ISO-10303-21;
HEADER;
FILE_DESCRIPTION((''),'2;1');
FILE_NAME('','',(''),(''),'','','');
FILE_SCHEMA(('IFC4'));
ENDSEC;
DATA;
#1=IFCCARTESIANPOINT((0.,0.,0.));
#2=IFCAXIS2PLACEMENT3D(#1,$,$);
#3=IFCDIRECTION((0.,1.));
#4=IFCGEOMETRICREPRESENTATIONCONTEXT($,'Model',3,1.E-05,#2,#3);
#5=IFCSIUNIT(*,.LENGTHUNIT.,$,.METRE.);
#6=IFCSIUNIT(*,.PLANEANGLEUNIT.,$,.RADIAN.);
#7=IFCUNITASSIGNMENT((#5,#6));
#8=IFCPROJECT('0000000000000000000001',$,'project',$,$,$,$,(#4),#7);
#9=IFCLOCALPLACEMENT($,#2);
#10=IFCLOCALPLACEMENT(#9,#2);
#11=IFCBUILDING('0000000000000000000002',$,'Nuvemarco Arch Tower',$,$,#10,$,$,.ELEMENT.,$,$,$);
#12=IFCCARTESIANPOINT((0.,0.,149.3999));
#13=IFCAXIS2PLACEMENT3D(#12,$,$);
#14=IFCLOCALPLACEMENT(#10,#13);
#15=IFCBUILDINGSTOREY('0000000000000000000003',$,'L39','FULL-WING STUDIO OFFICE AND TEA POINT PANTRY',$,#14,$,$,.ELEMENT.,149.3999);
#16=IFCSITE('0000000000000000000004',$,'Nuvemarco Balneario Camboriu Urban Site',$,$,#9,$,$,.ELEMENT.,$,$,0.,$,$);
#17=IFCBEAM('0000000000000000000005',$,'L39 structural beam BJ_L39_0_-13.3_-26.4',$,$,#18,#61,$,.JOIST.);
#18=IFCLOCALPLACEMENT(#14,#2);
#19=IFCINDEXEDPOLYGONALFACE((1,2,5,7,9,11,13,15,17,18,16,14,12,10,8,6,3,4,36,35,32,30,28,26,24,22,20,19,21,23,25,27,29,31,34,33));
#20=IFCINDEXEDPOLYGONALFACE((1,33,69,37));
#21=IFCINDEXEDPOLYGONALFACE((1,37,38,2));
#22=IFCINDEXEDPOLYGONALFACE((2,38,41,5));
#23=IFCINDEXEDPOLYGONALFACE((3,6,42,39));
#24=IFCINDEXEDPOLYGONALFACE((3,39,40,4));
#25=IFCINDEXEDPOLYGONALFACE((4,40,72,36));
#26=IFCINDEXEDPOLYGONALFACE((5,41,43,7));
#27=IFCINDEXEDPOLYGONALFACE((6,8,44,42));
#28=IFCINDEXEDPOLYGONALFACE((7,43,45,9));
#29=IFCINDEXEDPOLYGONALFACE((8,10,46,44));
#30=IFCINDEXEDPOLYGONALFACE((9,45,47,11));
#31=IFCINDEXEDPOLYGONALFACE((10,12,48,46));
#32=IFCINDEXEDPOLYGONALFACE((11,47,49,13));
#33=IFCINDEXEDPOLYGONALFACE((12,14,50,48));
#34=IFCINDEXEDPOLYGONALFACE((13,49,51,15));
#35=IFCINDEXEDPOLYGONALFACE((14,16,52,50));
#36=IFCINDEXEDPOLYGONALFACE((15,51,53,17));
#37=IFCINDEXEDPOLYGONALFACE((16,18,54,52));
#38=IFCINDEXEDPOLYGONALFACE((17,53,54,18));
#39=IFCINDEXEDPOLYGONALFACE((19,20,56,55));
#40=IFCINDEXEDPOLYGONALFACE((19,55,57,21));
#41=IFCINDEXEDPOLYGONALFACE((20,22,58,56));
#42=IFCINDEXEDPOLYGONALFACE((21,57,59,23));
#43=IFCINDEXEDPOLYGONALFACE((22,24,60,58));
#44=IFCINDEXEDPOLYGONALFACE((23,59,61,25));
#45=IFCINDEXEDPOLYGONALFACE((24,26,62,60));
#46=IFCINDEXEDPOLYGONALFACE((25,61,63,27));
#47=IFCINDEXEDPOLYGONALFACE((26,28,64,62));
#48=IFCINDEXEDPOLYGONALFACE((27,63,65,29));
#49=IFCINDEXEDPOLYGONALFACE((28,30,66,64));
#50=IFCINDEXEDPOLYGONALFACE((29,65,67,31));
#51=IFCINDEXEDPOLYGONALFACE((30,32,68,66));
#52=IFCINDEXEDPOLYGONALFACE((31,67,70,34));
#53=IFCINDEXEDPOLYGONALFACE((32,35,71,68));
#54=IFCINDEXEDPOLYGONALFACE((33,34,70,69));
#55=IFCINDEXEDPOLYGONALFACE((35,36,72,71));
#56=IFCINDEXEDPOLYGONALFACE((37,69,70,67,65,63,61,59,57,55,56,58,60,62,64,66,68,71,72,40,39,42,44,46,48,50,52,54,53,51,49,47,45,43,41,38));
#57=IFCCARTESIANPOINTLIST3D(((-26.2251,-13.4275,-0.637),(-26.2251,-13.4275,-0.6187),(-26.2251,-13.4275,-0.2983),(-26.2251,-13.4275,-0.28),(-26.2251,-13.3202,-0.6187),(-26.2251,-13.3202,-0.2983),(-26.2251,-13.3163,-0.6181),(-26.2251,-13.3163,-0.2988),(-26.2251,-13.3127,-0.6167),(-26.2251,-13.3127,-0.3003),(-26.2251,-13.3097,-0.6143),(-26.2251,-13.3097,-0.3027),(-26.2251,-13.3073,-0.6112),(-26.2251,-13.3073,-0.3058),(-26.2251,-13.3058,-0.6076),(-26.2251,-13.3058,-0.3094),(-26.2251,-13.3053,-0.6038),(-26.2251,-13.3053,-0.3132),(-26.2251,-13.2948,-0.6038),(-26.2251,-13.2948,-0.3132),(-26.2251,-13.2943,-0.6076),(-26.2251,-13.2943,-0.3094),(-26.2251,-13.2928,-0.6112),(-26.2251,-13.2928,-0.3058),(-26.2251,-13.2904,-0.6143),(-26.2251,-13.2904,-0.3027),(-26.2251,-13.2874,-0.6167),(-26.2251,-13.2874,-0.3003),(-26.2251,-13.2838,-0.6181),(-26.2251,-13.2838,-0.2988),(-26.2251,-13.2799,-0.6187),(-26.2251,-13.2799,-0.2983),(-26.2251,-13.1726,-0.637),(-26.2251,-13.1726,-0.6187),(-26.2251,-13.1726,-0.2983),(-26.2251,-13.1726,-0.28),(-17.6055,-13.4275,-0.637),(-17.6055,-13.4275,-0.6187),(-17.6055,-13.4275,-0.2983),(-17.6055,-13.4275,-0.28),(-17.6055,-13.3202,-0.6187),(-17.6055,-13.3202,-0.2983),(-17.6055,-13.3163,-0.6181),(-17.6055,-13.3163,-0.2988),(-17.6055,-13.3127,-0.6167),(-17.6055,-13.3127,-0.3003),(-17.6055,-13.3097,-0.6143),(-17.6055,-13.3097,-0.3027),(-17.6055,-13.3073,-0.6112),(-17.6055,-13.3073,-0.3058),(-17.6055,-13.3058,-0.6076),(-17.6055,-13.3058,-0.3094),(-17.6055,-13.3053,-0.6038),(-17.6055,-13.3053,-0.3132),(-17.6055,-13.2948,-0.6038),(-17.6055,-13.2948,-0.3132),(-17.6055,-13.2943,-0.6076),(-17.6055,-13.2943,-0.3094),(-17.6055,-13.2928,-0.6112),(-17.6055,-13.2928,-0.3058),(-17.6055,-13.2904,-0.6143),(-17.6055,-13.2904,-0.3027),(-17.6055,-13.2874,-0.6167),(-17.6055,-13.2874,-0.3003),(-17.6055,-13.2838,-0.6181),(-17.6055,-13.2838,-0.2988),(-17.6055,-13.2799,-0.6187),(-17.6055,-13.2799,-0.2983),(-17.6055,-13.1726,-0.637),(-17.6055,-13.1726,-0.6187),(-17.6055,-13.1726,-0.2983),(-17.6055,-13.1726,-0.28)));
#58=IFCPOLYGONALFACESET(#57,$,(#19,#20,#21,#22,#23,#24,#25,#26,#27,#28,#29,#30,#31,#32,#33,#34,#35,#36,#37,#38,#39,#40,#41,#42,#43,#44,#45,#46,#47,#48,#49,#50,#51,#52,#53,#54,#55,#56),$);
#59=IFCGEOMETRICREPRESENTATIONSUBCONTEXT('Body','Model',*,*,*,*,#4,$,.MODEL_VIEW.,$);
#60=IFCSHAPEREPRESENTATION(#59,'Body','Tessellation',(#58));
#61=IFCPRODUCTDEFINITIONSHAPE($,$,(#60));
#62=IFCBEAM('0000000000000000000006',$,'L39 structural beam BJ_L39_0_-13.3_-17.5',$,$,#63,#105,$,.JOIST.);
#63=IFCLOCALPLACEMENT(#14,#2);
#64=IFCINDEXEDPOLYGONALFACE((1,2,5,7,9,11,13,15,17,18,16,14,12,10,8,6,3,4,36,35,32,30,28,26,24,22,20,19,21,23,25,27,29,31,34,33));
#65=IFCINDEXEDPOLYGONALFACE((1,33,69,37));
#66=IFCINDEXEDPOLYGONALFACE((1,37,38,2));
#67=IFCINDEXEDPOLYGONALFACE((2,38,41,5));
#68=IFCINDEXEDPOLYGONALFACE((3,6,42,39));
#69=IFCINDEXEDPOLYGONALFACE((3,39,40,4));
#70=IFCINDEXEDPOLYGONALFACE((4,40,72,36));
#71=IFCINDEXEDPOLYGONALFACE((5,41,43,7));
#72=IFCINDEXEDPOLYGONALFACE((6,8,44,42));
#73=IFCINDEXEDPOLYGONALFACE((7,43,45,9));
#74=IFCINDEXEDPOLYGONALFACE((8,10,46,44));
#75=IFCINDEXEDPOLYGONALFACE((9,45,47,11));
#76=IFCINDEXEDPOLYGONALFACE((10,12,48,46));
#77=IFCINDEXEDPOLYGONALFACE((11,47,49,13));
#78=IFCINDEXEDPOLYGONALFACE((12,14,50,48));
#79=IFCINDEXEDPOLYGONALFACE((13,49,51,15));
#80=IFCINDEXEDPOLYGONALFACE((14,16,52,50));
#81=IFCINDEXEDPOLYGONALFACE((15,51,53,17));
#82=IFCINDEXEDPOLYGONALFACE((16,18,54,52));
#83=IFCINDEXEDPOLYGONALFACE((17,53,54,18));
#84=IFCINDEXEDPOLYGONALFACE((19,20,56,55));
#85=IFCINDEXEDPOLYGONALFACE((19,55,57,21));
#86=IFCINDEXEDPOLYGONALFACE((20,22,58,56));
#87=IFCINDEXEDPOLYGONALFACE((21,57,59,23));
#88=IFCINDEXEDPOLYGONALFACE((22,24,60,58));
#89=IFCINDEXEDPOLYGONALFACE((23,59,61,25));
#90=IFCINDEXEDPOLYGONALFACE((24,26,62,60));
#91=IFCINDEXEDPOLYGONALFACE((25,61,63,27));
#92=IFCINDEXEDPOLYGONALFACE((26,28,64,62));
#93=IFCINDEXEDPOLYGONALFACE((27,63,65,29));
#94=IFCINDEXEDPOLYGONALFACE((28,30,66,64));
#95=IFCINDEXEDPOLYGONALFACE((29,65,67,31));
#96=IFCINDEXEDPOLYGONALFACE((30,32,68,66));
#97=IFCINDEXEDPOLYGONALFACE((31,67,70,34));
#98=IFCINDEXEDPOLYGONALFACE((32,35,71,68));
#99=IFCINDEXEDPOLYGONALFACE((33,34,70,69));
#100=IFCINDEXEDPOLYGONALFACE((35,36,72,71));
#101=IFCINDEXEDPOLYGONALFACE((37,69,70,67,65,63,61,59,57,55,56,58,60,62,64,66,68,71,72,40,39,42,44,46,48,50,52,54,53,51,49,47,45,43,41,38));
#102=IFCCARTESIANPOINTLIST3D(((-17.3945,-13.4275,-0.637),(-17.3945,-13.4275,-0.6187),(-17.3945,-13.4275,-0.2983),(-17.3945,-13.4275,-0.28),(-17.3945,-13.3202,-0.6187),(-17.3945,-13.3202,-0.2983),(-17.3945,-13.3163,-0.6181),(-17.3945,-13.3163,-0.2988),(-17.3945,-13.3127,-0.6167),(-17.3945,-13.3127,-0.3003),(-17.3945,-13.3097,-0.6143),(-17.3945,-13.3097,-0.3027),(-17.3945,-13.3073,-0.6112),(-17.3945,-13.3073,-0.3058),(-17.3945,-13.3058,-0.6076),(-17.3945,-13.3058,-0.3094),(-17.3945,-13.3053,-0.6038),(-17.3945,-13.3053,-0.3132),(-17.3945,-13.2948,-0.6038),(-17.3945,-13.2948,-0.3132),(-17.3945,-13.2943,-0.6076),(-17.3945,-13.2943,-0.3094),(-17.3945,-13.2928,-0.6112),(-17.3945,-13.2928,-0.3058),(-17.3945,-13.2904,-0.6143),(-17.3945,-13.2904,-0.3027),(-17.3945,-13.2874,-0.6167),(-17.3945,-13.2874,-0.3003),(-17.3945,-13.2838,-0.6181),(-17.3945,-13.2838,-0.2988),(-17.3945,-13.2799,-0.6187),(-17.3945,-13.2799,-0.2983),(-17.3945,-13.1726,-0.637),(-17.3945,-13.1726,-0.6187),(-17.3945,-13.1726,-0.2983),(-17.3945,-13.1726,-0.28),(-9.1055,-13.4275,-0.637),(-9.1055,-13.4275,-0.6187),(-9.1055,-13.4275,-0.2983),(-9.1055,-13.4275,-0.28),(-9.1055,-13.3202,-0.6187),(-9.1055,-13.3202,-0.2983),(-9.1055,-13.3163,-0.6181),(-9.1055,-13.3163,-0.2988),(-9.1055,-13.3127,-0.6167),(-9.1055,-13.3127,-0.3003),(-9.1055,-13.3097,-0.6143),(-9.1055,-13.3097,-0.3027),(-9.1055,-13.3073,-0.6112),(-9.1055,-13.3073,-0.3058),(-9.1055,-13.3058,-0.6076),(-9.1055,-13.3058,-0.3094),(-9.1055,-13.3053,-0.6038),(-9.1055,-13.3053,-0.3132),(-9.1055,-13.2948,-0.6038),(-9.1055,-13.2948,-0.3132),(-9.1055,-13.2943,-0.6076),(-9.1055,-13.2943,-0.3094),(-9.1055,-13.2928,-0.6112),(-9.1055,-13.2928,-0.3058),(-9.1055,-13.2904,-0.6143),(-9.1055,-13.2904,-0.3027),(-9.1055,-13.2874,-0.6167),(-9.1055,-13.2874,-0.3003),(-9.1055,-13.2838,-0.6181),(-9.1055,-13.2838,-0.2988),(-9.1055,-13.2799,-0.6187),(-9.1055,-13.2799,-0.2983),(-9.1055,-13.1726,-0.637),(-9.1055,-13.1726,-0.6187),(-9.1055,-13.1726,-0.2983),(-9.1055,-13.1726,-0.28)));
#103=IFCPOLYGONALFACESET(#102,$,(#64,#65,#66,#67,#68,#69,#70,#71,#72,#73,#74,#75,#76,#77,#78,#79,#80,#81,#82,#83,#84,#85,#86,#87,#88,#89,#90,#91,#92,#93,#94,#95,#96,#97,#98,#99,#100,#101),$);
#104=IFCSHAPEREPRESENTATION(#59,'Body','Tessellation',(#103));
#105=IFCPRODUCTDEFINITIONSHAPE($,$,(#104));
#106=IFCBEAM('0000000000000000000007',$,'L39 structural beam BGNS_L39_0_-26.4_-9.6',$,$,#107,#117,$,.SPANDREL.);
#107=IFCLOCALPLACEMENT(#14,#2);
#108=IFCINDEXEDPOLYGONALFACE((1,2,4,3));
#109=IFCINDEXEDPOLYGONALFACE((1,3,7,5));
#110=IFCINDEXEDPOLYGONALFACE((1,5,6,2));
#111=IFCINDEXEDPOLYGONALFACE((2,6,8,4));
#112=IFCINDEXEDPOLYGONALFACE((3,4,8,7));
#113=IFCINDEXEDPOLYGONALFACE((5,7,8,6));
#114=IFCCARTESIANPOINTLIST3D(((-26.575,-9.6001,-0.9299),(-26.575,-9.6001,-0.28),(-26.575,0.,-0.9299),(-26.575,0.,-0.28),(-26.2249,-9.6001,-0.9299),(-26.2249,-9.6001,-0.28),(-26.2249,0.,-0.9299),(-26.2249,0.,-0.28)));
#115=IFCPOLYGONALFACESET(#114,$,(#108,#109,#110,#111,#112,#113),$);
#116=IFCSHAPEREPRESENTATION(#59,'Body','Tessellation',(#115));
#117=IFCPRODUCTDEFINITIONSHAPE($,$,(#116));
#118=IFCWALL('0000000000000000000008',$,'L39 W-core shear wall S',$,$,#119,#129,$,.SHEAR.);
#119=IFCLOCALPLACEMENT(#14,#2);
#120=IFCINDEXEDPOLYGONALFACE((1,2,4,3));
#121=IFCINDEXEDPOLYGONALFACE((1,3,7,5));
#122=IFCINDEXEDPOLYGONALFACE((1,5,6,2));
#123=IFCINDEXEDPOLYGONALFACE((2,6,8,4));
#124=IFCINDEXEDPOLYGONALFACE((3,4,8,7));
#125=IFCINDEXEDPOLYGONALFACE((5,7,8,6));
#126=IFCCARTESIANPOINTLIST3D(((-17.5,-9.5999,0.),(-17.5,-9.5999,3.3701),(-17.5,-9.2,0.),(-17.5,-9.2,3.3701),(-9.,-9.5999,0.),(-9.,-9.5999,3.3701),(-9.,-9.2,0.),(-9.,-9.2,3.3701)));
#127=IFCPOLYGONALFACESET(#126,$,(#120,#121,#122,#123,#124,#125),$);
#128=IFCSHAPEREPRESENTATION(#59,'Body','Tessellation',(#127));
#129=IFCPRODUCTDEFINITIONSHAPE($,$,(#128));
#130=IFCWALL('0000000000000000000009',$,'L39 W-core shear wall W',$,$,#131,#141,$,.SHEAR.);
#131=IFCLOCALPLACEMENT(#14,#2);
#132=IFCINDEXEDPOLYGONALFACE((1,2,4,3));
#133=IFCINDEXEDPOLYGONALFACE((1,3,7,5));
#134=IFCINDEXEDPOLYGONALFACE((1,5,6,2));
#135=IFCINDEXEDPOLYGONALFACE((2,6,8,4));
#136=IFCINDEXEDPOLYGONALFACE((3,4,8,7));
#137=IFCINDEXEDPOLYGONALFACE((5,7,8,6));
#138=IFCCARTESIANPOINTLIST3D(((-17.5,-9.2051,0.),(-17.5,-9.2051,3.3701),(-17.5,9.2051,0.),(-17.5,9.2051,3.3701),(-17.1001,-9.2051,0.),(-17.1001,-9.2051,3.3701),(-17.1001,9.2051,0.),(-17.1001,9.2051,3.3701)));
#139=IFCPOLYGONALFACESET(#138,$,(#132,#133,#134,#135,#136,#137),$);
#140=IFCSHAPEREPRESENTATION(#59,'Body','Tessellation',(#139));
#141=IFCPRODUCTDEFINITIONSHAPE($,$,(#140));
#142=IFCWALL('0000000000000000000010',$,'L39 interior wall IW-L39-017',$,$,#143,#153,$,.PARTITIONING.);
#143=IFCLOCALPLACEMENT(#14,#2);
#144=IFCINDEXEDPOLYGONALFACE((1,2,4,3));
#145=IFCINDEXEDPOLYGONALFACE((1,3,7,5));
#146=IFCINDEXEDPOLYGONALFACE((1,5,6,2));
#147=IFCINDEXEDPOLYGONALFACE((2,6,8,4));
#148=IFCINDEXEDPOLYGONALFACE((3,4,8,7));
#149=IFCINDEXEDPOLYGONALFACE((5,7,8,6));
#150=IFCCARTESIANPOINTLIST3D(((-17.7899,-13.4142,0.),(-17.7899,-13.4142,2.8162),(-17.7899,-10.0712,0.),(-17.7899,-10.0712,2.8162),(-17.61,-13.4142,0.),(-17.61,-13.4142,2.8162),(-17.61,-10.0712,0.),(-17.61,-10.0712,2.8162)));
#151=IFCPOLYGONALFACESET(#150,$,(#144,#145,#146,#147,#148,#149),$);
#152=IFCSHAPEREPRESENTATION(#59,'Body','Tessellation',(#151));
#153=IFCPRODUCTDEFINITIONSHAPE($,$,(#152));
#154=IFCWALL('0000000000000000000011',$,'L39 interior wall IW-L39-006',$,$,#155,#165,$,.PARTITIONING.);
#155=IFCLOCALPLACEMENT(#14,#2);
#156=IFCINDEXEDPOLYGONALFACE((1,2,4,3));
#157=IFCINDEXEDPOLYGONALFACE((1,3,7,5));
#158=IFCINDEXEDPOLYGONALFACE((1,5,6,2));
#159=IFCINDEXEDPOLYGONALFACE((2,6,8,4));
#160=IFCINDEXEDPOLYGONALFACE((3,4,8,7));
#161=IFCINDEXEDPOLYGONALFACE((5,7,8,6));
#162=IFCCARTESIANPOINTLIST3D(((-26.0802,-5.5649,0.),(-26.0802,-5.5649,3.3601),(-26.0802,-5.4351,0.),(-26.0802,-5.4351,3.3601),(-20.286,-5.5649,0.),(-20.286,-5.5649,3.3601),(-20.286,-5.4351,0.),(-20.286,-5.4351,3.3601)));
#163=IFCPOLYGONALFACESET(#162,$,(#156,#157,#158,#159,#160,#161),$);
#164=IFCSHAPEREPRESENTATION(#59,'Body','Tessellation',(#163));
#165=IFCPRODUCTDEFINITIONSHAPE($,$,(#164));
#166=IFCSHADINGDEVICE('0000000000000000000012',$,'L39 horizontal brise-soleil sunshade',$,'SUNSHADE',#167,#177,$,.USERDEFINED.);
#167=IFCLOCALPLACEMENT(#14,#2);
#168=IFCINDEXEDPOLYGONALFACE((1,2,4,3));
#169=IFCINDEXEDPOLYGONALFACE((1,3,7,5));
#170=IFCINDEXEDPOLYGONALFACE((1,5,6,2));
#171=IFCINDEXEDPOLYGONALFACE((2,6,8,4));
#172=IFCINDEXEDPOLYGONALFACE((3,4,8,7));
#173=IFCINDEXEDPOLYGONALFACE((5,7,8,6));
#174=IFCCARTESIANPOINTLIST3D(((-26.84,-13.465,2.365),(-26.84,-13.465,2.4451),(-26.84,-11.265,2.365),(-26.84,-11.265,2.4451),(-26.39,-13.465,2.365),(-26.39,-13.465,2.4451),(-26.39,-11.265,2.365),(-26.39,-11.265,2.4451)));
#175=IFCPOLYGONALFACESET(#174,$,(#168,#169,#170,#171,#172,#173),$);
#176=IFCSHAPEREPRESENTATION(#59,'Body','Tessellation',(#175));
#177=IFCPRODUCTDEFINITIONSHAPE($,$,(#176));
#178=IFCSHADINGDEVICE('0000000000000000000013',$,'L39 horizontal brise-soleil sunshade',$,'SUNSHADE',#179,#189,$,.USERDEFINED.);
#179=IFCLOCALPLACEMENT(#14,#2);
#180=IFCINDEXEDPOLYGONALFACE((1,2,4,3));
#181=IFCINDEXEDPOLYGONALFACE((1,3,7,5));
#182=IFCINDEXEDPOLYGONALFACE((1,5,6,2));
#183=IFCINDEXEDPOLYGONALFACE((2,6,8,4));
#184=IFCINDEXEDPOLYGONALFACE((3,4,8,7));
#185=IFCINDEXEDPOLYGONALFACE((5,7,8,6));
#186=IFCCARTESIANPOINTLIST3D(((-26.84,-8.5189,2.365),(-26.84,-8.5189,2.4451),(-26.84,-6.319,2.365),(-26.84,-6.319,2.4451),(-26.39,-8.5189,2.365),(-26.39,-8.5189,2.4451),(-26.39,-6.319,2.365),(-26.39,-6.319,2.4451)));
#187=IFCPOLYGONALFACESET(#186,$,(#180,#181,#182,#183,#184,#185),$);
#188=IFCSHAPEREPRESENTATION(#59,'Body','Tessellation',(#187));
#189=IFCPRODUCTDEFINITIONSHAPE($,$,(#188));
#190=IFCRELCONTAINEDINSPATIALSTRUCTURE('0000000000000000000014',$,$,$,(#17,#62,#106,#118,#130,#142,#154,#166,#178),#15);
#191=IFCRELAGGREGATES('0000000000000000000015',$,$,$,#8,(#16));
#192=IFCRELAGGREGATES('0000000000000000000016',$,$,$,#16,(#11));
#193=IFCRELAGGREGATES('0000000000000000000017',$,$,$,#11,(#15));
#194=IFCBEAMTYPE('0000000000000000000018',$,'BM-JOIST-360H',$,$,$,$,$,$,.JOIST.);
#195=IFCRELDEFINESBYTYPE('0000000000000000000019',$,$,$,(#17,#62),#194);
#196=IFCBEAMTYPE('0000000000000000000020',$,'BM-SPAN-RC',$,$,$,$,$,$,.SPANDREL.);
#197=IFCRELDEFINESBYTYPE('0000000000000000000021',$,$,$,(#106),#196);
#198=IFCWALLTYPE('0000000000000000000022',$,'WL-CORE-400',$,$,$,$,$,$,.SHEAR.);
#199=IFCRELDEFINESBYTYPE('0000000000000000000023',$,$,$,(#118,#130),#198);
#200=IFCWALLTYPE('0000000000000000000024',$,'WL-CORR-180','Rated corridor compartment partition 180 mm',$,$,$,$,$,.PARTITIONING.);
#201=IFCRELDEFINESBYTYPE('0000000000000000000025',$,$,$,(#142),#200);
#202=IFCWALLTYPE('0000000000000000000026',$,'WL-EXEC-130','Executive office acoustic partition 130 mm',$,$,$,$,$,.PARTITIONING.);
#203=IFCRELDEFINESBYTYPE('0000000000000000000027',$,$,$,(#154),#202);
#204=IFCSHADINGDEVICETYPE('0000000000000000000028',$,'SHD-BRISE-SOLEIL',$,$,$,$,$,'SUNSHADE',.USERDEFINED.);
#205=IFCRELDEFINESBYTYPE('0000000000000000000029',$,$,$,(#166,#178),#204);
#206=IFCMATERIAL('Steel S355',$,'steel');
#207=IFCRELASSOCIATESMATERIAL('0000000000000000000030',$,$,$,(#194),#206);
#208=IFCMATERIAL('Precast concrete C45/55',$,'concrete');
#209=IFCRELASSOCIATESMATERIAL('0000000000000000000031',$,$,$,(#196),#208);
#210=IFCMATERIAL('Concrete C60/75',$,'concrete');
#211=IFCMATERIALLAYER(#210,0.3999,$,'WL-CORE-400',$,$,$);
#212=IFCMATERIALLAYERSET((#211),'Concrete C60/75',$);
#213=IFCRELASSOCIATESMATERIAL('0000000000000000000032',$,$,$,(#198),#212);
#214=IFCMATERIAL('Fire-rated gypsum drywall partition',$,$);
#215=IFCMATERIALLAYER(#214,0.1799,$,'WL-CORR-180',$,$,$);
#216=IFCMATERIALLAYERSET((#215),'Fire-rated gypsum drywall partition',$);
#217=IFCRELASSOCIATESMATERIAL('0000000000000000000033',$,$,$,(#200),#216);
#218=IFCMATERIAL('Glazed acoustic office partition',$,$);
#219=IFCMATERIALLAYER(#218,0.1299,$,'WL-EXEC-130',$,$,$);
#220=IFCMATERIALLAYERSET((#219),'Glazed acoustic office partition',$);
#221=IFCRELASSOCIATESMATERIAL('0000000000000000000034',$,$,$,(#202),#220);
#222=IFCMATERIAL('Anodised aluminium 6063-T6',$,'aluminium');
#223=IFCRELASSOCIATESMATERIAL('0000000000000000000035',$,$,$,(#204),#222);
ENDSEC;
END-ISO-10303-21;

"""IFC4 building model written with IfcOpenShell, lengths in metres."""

from ifc_helpers import new_model, si_unit, direction, frame, frame_2d, origin, origin_2d, place, context, subcontext, project, spatial, rectangle, i_section, extrude, source, transform, mapped, material, layer, layer_set, material_profile, profile_set, type_object, type_shapes, element, save


model = new_model("IFC4")

# Units and contexts
model_context = context("Model", 3, precision=1e-05, world=origin(), true_north=direction((0.0, 1.0)))
body_context = subcontext(model_context, "Body", "Model", "MODEL_VIEW")
ifc_project = project(units=[si_unit("LENGTHUNIT", "METRE"), si_unit("PLANEANGLEUNIT", "RADIAN")], contexts=[model_context])

# Site, building, storey
site_placement = place(None, origin())
site = spatial("IfcSite", under=ifc_project, at=site_placement, Name="Nuvemarco Balneario Camboriu Urban Site", CompositionType="ELEMENT", RefElevation=0.0)
building_placement = place(site_placement, origin())
building = spatial("IfcBuilding", under=site, at=building_placement, Name="Nuvemarco Arch Tower", CompositionType="ELEMENT")
storey_placement = place(building_placement, frame((0.0, 0.0, 149.3999)))
storey = spatial("IfcBuildingStorey", under=building, at=storey_placement, Name="L39", Description="FULL-WING STUDIO OFFICE AND TEA POINT PANTRY", CompositionType="ELEMENT", Elevation=149.3999)

# Shared definitions
ifc_material_1 = material(Name="Steel S355", Category="steel")

# Beams
ifc_material_profile_1 = material_profile(ifc_material_1, i_section(OverallWidth=0.2549, OverallDepth=0.3569, WebThickness=0.0105, FlangeThickness=0.0183, FilletRadius=0.0149, at=origin_2d()), Name="W360x101")
ifc_profile_set_1 = profile_set([ifc_material_profile_1], Name="Steel S355")
beam_type_1 = type_object("IfcBeamType", Name="BM-JOIST-360H", PredefinedType="JOIST", material=ifc_profile_set_1)
beam_1_placement = place(storey_placement, frame((-26.2251, -13.3, -0.4585), z_axis=(1.0, 0.0, 0.0), x_axis=(0.0, 1.0, 0.0)))
element("IfcBeam", 1, at=beam_1_placement, inside=storey, type_object=beam_type_1, Name="L39 structural beam BJ_L39_0_-13.3_-26.4", PredefinedType="JOIST", context=body_context, shape_type="SweptSolid", body=[
    extrude(i_section(OverallWidth=0.2549, OverallDepth=0.3569, WebThickness=0.0105, FlangeThickness=0.0183, FilletRadius=0.0149, at=origin_2d()), origin(), (0.0, 0.0, 1.0), 8.6196),
])
beam_2_placement = place(storey_placement, frame((-17.3945, -13.3, -0.4585), z_axis=(1.0, 0.0, 0.0), x_axis=(0.0, 1.0, 0.0)))
element("IfcBeam", 2, at=beam_2_placement, inside=storey, type_object=beam_type_1, Name="L39 structural beam BJ_L39_0_-13.3_-17.5", PredefinedType="JOIST", context=body_context, shape_type="SweptSolid", body=[
    extrude(i_section(OverallWidth=0.2549, OverallDepth=0.3569, WebThickness=0.0105, FlangeThickness=0.0183, FilletRadius=0.0149, at=origin_2d()), origin(), (0.0, 0.0, 1.0), 8.2891),
])
ifc_material_2 = material(Name="Precast concrete C45/55", Category="concrete")
ifc_material_profile_2 = material_profile(ifc_material_2, rectangle(XDim=0.3501, YDim=0.6499, at=origin_2d()), Name="PC-SP-350x650")
ifc_profile_set_2 = profile_set([ifc_material_profile_2], Name="Precast concrete C45/55")
beam_type_2 = type_object("IfcBeamType", Name="BM-SPAN-RC", PredefinedType="SPANDREL", material=ifc_profile_set_2)
beam_3_placement = place(storey_placement, frame((-26.3999, -9.6001, -0.605), z_axis=(0.0, 1.0, 0.0), x_axis=(-1.0, 0.0, 0.0)))
element("IfcBeam", 3, at=beam_3_placement, inside=storey, type_object=beam_type_2, Name="L39 structural beam BGNS_L39_0_-26.4_-9.6", PredefinedType="SPANDREL", context=body_context, shape_type="SweptSolid", body=[
    extrude(rectangle(XDim=0.3501, YDim=0.6499, at=origin_2d()), origin(), (0.0, 0.0, 1.0), 9.6001),
])

# Walls
ifc_material_3 = material(Name="Concrete C60/75", Category="concrete")
ifc_layer_1 = layer(ifc_material_3, 0.3999, Name="WL-CORE-400")
ifc_layer_set_1 = layer_set([ifc_layer_1], Name="Concrete C60/75")
wall_type_1 = type_object("IfcWallType", Name="WL-CORE-400", PredefinedType="SHEAR", material=ifc_layer_set_1)
wall_1_placement = place(storey_placement, frame((-17.5, -9.3999, 0.0), z_axis=(0.0, 0.0, 1.0), x_axis=(1.0, 0.0, 0.0)))
element("IfcWall", 4, at=wall_1_placement, inside=storey, type_object=wall_type_1, Name="L39 W-core shear wall S", PredefinedType="SHEAR", context=body_context, shape_type="SweptSolid", body=[
    extrude(rectangle(XDim=8.5, YDim=0.3999, at=frame_2d((4.25, 0.0))), origin(), (0.0, 0.0, 1.0), 3.3701),
])
wall_2_placement = place(storey_placement, frame((-17.3, -9.2051, 0.0), z_axis=(0.0, 0.0, 1.0), x_axis=(0.0, 1.0, 0.0)))
element("IfcWall", 5, at=wall_2_placement, inside=storey, type_object=wall_type_1, Name="L39 W-core shear wall W", PredefinedType="SHEAR", context=body_context, shape_type="SweptSolid", body=[
    extrude(rectangle(XDim=18.4102, YDim=0.3999, at=frame_2d((9.2051, 0.0))), origin(), (0.0, 0.0, 1.0), 3.3701),
])
ifc_material_4 = material(Name="Fire-rated gypsum drywall partition")
ifc_layer_2 = layer(ifc_material_4, 0.1799, Name="WL-CORR-180")
ifc_layer_set_2 = layer_set([ifc_layer_2], Name="Fire-rated gypsum drywall partition")
wall_type_2 = type_object("IfcWallType", Name="WL-CORR-180", Description="Rated corridor compartment partition 180 mm", PredefinedType="PARTITIONING", material=ifc_layer_set_2)
wall_3_placement = place(storey_placement, frame((-17.7, -13.4141, 0.0), z_axis=(0.0, 0.0, 1.0), x_axis=(0.0, 1.0, 0.0)))
element("IfcWall", 6, at=wall_3_placement, inside=storey, type_object=wall_type_2, Name="L39 interior wall IW-L39-017", PredefinedType="PARTITIONING", context=body_context, shape_type="SweptSolid", body=[
    extrude(rectangle(XDim=3.343, YDim=0.1799, at=frame_2d((1.6714, 0.0))), origin(), (0.0, 0.0, 1.0), 2.8162),
])
ifc_material_5 = material(Name="Glazed acoustic office partition")
ifc_layer_3 = layer(ifc_material_5, 0.1299, Name="WL-EXEC-130")
ifc_layer_set_3 = layer_set([ifc_layer_3], Name="Glazed acoustic office partition")
wall_type_3 = type_object("IfcWallType", Name="WL-EXEC-130", Description="Executive office acoustic partition 130 mm", PredefinedType="PARTITIONING", material=ifc_layer_set_3)
wall_4_placement = place(storey_placement, frame((-26.0801, -5.5, 0.0), z_axis=(0.0, 0.0, 1.0), x_axis=(1.0, 0.0, 0.0)))
element("IfcWall", 7, at=wall_4_placement, inside=storey, type_object=wall_type_3, Name="L39 interior wall IW-L39-006", PredefinedType="PARTITIONING", context=body_context, shape_type="SweptSolid", body=[
    extrude(rectangle(XDim=5.7942, YDim=0.1299, at=frame_2d((2.897, 0.0))), origin(), (0.0, 0.0, 1.0), 3.3601),
])

# Shading devices
ifc_material_6 = material(Name="Anodised aluminium 6063-T6", Category="aluminium")
shading_device_type = type_object("IfcShadingDeviceType", Name="SHD-BRISE-SOLEIL", ElementType="SUNSHADE", PredefinedType="USERDEFINED", material=ifc_material_6)
shared_shape = source(origin(), body_context, "Body", "SweptSolid", [
    extrude(rectangle(XDim=2.2, YDim=0.45, at=origin_2d()), origin(), (0.0, 0.0, 1.0), 0.0801),
])
type_shapes(shading_device_type, [shared_shape])
for number, where, z_axis, x_axis, name in (
    (8, (-26.615, -12.365, 2.365), (0.0, 0.0, 1.0), (0.0, 1.0, 0.0), "L39 horizontal brise-soleil sunshade"),
    (9, (-26.615, -7.4189, 2.365), (0.0, 0.0, 1.0), (0.0, 1.0, 0.0), "L39 horizontal brise-soleil sunshade"),
):
    element("IfcShadingDevice", number, at=place(storey_placement, frame(where, z_axis=z_axis, x_axis=x_axis)), inside=storey, type_object=shading_device_type, Name=name, ObjectType="SUNSHADE", PredefinedType="USERDEFINED", context=body_context, shape_type="MappedRepresentation", body=[
        mapped(shared_shape, transform((0.0, 0.0, 0.0), scale=1.0)),
    ])

save(model, "model.ifc")
